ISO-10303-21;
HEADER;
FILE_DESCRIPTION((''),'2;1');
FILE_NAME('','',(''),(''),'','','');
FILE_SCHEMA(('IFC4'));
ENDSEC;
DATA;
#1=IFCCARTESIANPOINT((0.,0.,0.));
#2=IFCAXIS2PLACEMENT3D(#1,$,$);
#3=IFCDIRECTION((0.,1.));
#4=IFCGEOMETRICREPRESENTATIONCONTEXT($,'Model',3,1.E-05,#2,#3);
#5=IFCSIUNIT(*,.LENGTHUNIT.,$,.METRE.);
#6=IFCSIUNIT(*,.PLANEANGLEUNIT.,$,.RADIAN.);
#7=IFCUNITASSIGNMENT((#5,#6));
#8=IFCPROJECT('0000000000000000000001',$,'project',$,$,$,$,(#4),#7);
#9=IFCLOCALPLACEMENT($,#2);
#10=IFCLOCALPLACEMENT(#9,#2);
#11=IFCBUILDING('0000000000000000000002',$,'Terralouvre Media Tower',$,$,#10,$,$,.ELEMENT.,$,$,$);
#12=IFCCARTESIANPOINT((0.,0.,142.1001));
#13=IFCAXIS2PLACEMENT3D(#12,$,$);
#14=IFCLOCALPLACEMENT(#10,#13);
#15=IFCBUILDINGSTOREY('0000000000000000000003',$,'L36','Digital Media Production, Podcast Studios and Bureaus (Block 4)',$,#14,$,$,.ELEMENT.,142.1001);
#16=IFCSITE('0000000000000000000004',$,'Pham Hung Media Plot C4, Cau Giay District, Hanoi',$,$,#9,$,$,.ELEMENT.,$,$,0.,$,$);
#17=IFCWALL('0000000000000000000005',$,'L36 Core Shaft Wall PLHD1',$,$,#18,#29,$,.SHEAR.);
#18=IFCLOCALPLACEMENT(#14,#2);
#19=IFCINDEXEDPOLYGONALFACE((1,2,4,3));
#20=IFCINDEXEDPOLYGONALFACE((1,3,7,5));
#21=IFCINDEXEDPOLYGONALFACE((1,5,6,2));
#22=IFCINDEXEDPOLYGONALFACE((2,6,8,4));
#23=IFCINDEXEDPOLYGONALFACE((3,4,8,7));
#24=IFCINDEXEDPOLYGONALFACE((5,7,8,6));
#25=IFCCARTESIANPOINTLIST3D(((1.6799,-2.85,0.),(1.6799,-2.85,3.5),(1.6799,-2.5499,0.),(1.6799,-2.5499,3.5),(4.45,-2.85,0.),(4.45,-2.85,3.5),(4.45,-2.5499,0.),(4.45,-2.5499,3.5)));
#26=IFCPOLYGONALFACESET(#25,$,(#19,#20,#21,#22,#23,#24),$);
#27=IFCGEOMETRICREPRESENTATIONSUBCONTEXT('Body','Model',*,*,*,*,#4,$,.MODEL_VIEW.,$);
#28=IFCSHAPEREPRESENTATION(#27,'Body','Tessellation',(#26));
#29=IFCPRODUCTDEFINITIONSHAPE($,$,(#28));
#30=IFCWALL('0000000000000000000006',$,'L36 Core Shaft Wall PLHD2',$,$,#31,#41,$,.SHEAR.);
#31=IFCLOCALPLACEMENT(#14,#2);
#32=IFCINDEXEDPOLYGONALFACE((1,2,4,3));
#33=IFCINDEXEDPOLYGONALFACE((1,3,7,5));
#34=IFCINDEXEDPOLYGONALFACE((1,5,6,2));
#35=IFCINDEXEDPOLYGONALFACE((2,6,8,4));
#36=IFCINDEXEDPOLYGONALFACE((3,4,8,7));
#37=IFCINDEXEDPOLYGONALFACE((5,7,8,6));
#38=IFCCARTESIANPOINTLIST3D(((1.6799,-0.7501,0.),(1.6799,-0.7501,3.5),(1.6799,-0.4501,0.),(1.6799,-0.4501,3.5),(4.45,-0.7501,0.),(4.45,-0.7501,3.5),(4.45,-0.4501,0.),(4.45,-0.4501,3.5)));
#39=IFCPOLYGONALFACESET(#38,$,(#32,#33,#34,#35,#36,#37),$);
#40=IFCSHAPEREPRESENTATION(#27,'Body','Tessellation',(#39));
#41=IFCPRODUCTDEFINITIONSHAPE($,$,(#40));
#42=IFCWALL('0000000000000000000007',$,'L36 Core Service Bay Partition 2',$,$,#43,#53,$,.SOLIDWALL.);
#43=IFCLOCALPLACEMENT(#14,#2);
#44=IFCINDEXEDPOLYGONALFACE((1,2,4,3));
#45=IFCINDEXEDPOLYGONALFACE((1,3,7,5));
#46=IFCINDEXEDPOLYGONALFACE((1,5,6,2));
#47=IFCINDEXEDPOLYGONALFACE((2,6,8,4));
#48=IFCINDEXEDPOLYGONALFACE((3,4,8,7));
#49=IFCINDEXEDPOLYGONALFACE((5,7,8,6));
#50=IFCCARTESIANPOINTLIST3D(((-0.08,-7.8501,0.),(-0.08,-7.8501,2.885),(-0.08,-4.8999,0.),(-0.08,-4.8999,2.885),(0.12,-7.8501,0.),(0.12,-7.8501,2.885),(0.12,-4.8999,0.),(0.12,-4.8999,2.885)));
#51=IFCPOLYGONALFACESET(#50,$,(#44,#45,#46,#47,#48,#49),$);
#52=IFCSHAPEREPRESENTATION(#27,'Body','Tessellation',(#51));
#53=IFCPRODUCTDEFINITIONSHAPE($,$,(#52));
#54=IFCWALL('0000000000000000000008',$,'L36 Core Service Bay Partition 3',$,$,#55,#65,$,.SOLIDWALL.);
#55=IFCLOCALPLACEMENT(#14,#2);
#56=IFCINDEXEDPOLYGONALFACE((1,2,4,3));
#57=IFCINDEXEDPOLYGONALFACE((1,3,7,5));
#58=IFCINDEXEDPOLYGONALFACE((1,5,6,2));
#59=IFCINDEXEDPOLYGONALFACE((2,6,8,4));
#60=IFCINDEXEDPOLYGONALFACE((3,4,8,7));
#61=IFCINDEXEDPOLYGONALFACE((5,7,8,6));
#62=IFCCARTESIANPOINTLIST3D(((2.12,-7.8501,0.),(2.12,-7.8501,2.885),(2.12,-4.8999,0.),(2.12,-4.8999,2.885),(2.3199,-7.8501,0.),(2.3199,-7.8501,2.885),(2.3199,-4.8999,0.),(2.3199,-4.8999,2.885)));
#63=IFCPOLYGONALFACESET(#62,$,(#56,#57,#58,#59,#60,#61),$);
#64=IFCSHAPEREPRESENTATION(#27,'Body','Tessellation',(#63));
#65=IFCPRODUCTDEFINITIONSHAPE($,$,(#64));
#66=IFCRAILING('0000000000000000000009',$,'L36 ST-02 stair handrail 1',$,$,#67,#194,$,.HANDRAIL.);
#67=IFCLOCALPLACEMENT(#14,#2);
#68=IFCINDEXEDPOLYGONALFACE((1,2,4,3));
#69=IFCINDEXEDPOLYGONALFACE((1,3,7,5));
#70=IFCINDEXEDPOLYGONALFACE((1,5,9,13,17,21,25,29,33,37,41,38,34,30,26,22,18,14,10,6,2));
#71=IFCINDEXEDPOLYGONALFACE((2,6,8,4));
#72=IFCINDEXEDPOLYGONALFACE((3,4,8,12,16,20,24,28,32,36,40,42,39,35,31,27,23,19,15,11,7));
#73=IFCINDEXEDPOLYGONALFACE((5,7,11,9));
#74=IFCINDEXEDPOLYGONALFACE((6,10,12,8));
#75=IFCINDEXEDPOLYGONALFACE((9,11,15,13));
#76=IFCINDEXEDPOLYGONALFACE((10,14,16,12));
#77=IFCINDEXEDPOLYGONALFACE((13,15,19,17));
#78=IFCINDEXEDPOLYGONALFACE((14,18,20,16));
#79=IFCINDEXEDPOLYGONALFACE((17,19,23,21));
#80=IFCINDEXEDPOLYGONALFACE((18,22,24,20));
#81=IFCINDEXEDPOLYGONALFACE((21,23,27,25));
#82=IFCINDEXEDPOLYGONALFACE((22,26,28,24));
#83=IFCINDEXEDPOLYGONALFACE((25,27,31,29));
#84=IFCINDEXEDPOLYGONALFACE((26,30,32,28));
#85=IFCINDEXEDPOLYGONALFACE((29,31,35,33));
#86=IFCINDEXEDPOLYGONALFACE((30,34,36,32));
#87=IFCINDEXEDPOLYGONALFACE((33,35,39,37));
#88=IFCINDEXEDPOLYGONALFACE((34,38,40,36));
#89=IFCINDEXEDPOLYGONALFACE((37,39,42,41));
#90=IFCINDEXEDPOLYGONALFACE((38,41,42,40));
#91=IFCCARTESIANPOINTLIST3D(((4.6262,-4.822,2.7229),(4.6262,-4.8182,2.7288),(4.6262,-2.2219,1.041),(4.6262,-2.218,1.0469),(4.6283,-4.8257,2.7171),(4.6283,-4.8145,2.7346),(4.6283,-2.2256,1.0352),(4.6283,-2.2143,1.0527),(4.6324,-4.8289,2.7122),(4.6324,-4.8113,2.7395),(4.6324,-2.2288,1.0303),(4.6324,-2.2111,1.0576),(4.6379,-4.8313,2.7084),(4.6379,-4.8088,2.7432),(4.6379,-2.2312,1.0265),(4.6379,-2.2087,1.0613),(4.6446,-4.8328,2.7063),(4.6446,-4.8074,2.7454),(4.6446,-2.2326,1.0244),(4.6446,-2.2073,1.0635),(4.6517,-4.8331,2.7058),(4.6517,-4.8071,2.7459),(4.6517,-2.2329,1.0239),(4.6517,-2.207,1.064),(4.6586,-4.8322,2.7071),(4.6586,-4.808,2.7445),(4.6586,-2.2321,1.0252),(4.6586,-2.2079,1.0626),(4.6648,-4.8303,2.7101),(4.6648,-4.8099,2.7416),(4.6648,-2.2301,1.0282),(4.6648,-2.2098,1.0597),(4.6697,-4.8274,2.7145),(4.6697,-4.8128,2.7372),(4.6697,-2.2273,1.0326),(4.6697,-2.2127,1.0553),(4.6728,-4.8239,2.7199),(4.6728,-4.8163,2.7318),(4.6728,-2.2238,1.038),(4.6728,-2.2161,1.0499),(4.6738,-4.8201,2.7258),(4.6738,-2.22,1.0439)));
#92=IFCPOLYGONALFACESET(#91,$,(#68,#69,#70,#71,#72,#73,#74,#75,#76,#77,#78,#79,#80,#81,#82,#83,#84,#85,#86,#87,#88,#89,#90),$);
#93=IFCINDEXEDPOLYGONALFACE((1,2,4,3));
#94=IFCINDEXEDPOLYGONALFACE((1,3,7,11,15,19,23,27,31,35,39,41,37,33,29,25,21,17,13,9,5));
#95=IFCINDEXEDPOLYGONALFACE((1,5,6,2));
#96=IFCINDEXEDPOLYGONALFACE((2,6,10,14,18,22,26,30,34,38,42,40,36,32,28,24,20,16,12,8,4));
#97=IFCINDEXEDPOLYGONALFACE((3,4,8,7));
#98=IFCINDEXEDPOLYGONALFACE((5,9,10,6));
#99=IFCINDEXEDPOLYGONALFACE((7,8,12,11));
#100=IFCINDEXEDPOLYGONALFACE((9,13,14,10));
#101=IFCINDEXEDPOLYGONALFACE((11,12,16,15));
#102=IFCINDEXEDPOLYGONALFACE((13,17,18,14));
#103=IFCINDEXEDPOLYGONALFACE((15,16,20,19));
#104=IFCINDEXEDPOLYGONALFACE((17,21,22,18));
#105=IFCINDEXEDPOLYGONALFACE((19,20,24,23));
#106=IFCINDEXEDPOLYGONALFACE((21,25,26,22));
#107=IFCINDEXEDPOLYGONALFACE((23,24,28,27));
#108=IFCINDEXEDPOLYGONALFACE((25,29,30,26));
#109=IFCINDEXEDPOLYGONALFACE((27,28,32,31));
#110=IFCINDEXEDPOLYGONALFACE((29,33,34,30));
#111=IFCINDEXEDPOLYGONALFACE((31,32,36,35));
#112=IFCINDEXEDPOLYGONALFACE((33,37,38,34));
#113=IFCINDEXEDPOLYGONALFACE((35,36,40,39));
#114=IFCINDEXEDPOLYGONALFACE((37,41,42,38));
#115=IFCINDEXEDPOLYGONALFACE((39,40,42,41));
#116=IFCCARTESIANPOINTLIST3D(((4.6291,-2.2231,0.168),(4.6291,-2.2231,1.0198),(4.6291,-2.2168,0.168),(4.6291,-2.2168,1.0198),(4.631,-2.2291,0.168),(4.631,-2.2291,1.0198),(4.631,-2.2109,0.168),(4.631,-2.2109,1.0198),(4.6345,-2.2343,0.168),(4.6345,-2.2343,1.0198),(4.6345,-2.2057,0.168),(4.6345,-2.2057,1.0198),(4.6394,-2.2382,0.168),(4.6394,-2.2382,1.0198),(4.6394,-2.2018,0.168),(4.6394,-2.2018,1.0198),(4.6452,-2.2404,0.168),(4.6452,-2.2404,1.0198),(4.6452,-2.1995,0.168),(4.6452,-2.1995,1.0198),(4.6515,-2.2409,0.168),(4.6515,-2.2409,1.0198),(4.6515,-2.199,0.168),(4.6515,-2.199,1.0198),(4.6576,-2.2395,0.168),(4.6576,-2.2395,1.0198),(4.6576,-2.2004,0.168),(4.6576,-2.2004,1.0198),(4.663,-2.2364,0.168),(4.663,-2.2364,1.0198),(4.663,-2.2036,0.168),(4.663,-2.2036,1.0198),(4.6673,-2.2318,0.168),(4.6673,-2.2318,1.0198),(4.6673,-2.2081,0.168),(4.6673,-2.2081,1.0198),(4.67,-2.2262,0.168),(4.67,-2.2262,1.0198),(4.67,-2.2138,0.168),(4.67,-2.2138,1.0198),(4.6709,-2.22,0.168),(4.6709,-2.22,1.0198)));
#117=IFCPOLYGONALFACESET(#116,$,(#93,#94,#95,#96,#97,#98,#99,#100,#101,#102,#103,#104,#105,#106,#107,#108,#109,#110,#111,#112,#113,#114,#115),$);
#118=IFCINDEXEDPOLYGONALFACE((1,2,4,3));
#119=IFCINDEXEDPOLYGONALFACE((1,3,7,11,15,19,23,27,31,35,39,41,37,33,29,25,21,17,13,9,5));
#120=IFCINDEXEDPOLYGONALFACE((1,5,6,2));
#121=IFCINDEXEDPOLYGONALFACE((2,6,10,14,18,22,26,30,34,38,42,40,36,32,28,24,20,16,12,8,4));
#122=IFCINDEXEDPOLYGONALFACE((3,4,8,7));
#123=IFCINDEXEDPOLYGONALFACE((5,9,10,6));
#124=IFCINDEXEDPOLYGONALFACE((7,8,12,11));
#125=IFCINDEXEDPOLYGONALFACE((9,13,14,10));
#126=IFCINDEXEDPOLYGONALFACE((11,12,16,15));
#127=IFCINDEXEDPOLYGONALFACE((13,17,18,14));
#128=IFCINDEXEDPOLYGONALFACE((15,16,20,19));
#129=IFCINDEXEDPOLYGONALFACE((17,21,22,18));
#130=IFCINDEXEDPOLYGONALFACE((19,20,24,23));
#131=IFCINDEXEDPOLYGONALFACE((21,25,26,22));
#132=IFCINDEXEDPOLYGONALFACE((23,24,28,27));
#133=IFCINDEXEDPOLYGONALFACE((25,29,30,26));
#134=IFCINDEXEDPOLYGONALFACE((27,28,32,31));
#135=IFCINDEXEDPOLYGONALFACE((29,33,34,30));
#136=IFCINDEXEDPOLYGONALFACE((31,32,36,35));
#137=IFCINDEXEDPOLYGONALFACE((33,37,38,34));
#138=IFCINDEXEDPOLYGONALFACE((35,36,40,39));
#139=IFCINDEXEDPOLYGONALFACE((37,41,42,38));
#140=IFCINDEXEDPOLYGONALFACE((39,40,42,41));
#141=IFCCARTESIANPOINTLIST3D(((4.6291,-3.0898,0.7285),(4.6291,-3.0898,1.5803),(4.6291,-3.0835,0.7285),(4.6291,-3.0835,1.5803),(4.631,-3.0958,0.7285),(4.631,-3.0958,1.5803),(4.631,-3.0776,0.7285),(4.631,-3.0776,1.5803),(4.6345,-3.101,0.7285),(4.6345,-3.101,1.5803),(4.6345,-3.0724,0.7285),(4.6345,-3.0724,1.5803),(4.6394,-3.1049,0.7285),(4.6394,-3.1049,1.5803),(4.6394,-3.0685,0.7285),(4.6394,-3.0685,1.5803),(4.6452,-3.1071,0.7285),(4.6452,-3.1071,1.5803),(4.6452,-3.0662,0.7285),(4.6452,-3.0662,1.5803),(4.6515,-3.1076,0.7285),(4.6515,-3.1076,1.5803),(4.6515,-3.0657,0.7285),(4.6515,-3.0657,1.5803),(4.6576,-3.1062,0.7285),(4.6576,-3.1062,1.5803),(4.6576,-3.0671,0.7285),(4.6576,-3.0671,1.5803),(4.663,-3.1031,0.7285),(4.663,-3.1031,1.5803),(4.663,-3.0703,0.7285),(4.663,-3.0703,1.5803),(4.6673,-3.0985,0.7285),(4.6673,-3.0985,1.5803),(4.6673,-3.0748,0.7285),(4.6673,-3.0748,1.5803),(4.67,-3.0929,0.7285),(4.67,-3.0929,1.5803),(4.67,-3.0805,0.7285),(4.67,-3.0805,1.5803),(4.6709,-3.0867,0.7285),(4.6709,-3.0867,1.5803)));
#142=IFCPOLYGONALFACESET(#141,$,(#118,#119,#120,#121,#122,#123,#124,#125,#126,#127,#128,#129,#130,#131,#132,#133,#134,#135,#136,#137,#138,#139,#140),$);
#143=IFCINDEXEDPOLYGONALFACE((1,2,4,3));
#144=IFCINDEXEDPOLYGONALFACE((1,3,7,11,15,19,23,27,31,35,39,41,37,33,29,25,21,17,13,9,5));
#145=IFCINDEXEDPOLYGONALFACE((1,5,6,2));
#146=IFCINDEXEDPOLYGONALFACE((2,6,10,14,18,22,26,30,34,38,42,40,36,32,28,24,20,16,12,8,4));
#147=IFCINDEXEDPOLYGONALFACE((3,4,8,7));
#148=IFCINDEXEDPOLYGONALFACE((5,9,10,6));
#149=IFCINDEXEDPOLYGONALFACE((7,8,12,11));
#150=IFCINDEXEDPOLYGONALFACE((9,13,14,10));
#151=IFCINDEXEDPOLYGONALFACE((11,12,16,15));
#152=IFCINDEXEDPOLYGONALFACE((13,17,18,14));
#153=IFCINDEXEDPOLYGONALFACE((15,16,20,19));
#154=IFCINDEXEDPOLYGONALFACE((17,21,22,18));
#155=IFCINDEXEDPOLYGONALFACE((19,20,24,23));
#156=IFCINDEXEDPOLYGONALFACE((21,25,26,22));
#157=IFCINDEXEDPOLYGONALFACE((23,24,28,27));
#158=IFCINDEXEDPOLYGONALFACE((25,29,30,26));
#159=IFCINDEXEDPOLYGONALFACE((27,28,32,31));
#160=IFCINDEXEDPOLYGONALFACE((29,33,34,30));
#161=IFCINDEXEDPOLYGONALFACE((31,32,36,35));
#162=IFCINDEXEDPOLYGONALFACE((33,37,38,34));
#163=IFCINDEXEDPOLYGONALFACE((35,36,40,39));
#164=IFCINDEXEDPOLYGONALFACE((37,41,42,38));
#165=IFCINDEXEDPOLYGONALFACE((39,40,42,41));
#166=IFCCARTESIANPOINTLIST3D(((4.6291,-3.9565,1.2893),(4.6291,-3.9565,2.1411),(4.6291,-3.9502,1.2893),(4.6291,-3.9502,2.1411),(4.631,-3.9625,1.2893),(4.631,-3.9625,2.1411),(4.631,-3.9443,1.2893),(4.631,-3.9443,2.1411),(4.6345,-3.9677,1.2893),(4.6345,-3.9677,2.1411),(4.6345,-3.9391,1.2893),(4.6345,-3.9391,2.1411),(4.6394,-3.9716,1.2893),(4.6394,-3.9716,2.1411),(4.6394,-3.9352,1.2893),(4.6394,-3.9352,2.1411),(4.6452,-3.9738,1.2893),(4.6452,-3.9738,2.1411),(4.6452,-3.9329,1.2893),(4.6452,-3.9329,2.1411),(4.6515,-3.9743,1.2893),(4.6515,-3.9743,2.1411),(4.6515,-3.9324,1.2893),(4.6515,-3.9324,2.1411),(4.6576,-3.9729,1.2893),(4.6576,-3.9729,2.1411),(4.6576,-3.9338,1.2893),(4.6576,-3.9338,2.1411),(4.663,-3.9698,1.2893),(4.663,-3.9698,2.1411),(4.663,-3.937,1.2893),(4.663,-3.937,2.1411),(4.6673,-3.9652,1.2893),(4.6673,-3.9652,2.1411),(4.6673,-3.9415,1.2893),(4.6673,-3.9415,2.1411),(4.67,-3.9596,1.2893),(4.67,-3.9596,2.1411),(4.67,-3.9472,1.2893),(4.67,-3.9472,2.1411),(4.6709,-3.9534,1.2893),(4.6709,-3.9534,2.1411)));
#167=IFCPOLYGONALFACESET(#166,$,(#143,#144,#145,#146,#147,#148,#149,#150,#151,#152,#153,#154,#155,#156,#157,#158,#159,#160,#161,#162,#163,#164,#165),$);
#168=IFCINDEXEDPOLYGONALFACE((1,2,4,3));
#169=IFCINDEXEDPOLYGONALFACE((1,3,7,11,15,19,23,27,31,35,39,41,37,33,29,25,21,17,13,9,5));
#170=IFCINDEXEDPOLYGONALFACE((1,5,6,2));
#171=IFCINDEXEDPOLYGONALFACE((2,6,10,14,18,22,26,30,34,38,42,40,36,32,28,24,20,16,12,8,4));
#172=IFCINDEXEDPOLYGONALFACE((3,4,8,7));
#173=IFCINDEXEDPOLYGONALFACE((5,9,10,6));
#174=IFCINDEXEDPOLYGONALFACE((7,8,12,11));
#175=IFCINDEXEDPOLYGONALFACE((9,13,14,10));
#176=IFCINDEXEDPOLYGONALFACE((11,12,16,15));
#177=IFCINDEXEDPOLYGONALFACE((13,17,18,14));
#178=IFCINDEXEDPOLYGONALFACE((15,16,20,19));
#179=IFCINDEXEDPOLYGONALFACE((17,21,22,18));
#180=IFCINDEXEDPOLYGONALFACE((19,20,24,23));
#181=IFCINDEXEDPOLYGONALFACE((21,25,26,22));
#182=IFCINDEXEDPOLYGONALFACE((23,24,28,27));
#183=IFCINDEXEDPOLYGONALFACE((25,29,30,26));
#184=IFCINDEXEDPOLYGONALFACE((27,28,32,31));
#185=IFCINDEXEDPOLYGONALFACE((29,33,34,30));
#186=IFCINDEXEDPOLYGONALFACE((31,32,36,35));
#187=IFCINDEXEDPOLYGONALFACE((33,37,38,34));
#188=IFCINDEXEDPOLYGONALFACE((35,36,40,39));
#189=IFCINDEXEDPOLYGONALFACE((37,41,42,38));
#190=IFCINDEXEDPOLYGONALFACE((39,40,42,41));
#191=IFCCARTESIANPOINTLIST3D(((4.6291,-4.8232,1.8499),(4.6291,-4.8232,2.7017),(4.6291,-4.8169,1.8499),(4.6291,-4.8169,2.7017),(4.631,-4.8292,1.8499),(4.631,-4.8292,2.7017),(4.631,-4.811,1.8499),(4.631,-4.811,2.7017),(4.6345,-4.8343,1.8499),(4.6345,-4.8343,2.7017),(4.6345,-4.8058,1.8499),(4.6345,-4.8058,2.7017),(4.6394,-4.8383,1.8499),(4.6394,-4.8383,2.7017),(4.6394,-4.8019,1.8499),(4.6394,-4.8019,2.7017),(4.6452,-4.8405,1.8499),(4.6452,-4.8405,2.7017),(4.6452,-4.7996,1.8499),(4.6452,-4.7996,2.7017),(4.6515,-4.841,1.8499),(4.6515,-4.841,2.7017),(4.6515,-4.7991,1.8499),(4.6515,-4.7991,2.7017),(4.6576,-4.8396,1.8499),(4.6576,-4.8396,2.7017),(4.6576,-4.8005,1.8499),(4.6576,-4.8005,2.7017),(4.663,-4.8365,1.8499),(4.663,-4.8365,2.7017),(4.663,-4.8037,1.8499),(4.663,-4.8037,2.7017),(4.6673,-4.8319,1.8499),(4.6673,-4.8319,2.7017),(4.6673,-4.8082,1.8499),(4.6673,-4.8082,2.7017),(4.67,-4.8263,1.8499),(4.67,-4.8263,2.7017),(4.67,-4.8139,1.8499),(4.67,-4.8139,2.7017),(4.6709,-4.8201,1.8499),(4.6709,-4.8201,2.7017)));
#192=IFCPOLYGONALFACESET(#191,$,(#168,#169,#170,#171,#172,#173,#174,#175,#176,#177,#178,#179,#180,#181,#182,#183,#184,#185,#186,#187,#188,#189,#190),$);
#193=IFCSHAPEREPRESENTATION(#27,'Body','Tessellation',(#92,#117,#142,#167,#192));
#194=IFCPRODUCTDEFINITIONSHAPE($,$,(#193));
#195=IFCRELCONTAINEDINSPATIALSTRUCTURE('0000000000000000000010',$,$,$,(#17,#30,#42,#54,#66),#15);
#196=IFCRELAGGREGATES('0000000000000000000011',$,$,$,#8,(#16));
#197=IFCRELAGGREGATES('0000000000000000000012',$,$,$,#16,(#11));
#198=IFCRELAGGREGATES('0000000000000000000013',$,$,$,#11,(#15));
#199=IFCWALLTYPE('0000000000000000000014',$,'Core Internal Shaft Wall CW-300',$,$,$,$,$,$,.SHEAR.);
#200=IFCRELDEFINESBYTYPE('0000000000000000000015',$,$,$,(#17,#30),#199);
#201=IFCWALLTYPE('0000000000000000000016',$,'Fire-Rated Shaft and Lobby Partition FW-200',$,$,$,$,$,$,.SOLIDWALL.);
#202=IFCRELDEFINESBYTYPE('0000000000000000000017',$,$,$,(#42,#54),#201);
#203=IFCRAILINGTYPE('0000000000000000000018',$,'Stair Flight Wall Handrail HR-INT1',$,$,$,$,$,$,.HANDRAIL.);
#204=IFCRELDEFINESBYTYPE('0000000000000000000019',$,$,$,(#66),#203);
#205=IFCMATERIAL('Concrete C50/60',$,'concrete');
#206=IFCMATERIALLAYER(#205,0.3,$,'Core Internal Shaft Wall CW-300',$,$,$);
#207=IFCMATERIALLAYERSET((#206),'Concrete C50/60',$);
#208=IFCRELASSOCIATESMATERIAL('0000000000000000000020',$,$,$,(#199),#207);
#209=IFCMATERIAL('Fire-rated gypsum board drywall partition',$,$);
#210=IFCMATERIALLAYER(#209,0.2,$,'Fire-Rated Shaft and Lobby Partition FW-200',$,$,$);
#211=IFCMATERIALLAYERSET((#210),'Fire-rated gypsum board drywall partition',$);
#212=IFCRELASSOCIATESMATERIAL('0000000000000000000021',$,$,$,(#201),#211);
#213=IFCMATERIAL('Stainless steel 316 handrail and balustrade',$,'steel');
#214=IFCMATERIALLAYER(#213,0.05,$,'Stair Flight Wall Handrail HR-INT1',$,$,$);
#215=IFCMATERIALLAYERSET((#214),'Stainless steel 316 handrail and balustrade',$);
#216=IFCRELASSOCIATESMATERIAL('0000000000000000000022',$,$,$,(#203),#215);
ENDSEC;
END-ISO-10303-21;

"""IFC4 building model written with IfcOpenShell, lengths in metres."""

from ifc_helpers import new_model, si_unit, direction, frame, frame_2d, origin, origin_2d, place, context, subcontext, project, spatial, rectangle, circle, extrude, material, layer, layer_set, type_object, element, save


model = new_model("IFC4")

# Units and contexts
model_context = context("Model", 3, precision=1e-05, world=origin(), true_north=direction((0.0, 1.0)))
body_context = subcontext(model_context, "Body", "Model", "MODEL_VIEW")
ifc_project = project(units=[si_unit("LENGTHUNIT", "METRE"), si_unit("PLANEANGLEUNIT", "RADIAN")], contexts=[model_context])

# Site, building, storey
site_placement = place(None, origin())
site = spatial("IfcSite", under=ifc_project, at=site_placement, Name="Pham Hung Media Plot C4, Cau Giay District, Hanoi", CompositionType="ELEMENT", RefElevation=0.0)
building_placement = place(site_placement, origin())
building = spatial("IfcBuilding", under=site, at=building_placement, Name="Terralouvre Media Tower", CompositionType="ELEMENT")
storey_placement = place(building_placement, frame((0.0, 0.0, 142.1001)))
storey = spatial("IfcBuildingStorey", under=building, at=storey_placement, Name="L36", Description="Digital Media Production, Podcast Studios and Bureaus (Block 4)", CompositionType="ELEMENT", Elevation=142.1001)

# Shared definitions
ifc_material_1 = material(Name="Concrete C50/60", Category="concrete")
ifc_layer_1 = layer(ifc_material_1, 0.3, Name="Core Internal Shaft Wall CW-300")
ifc_layer_set_1 = layer_set([ifc_layer_1], Name="Concrete C50/60")
wall_type_1 = type_object("IfcWallType", Name="Core Internal Shaft Wall CW-300", PredefinedType="SHEAR", material=ifc_layer_set_1)

# Walls
for number, where, z_axis, x_axis, name in (
    (1, (1.6799, -2.7, 0.0), (0.0, 0.0, 1.0), (1.0, 0.0, 0.0), "L36 Core Shaft Wall PLHD1"),
    (2, (1.6799, -0.6001, 0.0), (0.0, 0.0, 1.0), (1.0, 0.0, 0.0), "L36 Core Shaft Wall PLHD2"),
):
    element("IfcWall", number, at=place(storey_placement, frame(where, z_axis=z_axis, x_axis=x_axis)), inside=storey, type_object=wall_type_1, Name=name, PredefinedType="SHEAR", context=body_context, shape_type="SweptSolid", body=[
        extrude(rectangle(XDim=2.77, YDim=0.3, at=frame_2d((1.385, 0.0))), origin(), (0.0, 0.0, 1.0), 3.5),
    ])
ifc_material_2 = material(Name="Fire-rated gypsum board drywall partition")
ifc_layer_2 = layer(ifc_material_2, 0.2, Name="Fire-Rated Shaft and Lobby Partition FW-200")
ifc_layer_set_2 = layer_set([ifc_layer_2], Name="Fire-rated gypsum board drywall partition")
wall_type_2 = type_object("IfcWallType", Name="Fire-Rated Shaft and Lobby Partition FW-200", PredefinedType="SOLIDWALL", material=ifc_layer_set_2)
for number, where, z_axis, x_axis, name in (
    (3, (0.02, -7.8501, 0.0), (0.0, 0.0, 1.0), (0.0, 1.0, 0.0), "L36 Core Service Bay Partition 2"),
    (4, (2.22, -7.8501, 0.0), (0.0, 0.0, 1.0), (0.0, 1.0, 0.0), "L36 Core Service Bay Partition 3"),
):
    element("IfcWall", number, at=place(storey_placement, frame(where, z_axis=z_axis, x_axis=x_axis)), inside=storey, type_object=wall_type_2, Name=name, PredefinedType="SOLIDWALL", context=body_context, shape_type="SweptSolid", body=[
        extrude(rectangle(XDim=2.9502, YDim=0.2, at=frame_2d((1.4751, 0.0))), origin(), (0.0, 0.0, 1.0), 2.885),
    ])

# Railing
ifc_material_3 = material(Name="Stainless steel 316 handrail and balustrade", Category="steel")
ifc_layer_3 = layer(ifc_material_3, 0.05, Name="Stair Flight Wall Handrail HR-INT1")
ifc_layer_set_3 = layer_set([ifc_layer_3], Name="Stainless steel 316 handrail and balustrade")
railing_type = type_object("IfcRailingType", Name="Stair Flight Wall Handrail HR-INT1", PredefinedType="HANDRAIL", material=ifc_layer_set_3)
railing_placement = place(storey_placement, frame((4.6499, -2.22, 0.168)))
element("IfcRailing", 5, at=railing_placement, inside=storey, type_object=railing_type, Name="L36 ST-02 stair handrail 1", PredefinedType="HANDRAIL", context=body_context, shape_type="SweptSolid", body=[
    extrude(circle(Radius=0.0239, at=origin_2d()), frame((0.0, 0.0, 0.876), z_axis=(0.0, -0.839648, 0.54313), x_axis=(1.0, 0.0, 0.0)), (0.0, 0.0, 1.0), 3.0967),
    extrude(circle(Radius=0.021, at=origin_2d()), origin(), (0.0, 0.0, 1.0), 0.8518),
    extrude(circle(Radius=0.021, at=origin_2d()), frame((0.0, -0.8667, 0.5605)), (0.0, 0.0, 1.0), 0.8518),
    extrude(circle(Radius=0.021, at=origin_2d()), frame((0.0, -1.7334, 1.1213)), (0.0, 0.0, 1.0), 0.8518),
    extrude(circle(Radius=0.021, at=origin_2d()), frame((0.0, -2.6001, 1.6819)), (0.0, 0.0, 1.0), 0.8518),
])

save(model, "model.ifc")
